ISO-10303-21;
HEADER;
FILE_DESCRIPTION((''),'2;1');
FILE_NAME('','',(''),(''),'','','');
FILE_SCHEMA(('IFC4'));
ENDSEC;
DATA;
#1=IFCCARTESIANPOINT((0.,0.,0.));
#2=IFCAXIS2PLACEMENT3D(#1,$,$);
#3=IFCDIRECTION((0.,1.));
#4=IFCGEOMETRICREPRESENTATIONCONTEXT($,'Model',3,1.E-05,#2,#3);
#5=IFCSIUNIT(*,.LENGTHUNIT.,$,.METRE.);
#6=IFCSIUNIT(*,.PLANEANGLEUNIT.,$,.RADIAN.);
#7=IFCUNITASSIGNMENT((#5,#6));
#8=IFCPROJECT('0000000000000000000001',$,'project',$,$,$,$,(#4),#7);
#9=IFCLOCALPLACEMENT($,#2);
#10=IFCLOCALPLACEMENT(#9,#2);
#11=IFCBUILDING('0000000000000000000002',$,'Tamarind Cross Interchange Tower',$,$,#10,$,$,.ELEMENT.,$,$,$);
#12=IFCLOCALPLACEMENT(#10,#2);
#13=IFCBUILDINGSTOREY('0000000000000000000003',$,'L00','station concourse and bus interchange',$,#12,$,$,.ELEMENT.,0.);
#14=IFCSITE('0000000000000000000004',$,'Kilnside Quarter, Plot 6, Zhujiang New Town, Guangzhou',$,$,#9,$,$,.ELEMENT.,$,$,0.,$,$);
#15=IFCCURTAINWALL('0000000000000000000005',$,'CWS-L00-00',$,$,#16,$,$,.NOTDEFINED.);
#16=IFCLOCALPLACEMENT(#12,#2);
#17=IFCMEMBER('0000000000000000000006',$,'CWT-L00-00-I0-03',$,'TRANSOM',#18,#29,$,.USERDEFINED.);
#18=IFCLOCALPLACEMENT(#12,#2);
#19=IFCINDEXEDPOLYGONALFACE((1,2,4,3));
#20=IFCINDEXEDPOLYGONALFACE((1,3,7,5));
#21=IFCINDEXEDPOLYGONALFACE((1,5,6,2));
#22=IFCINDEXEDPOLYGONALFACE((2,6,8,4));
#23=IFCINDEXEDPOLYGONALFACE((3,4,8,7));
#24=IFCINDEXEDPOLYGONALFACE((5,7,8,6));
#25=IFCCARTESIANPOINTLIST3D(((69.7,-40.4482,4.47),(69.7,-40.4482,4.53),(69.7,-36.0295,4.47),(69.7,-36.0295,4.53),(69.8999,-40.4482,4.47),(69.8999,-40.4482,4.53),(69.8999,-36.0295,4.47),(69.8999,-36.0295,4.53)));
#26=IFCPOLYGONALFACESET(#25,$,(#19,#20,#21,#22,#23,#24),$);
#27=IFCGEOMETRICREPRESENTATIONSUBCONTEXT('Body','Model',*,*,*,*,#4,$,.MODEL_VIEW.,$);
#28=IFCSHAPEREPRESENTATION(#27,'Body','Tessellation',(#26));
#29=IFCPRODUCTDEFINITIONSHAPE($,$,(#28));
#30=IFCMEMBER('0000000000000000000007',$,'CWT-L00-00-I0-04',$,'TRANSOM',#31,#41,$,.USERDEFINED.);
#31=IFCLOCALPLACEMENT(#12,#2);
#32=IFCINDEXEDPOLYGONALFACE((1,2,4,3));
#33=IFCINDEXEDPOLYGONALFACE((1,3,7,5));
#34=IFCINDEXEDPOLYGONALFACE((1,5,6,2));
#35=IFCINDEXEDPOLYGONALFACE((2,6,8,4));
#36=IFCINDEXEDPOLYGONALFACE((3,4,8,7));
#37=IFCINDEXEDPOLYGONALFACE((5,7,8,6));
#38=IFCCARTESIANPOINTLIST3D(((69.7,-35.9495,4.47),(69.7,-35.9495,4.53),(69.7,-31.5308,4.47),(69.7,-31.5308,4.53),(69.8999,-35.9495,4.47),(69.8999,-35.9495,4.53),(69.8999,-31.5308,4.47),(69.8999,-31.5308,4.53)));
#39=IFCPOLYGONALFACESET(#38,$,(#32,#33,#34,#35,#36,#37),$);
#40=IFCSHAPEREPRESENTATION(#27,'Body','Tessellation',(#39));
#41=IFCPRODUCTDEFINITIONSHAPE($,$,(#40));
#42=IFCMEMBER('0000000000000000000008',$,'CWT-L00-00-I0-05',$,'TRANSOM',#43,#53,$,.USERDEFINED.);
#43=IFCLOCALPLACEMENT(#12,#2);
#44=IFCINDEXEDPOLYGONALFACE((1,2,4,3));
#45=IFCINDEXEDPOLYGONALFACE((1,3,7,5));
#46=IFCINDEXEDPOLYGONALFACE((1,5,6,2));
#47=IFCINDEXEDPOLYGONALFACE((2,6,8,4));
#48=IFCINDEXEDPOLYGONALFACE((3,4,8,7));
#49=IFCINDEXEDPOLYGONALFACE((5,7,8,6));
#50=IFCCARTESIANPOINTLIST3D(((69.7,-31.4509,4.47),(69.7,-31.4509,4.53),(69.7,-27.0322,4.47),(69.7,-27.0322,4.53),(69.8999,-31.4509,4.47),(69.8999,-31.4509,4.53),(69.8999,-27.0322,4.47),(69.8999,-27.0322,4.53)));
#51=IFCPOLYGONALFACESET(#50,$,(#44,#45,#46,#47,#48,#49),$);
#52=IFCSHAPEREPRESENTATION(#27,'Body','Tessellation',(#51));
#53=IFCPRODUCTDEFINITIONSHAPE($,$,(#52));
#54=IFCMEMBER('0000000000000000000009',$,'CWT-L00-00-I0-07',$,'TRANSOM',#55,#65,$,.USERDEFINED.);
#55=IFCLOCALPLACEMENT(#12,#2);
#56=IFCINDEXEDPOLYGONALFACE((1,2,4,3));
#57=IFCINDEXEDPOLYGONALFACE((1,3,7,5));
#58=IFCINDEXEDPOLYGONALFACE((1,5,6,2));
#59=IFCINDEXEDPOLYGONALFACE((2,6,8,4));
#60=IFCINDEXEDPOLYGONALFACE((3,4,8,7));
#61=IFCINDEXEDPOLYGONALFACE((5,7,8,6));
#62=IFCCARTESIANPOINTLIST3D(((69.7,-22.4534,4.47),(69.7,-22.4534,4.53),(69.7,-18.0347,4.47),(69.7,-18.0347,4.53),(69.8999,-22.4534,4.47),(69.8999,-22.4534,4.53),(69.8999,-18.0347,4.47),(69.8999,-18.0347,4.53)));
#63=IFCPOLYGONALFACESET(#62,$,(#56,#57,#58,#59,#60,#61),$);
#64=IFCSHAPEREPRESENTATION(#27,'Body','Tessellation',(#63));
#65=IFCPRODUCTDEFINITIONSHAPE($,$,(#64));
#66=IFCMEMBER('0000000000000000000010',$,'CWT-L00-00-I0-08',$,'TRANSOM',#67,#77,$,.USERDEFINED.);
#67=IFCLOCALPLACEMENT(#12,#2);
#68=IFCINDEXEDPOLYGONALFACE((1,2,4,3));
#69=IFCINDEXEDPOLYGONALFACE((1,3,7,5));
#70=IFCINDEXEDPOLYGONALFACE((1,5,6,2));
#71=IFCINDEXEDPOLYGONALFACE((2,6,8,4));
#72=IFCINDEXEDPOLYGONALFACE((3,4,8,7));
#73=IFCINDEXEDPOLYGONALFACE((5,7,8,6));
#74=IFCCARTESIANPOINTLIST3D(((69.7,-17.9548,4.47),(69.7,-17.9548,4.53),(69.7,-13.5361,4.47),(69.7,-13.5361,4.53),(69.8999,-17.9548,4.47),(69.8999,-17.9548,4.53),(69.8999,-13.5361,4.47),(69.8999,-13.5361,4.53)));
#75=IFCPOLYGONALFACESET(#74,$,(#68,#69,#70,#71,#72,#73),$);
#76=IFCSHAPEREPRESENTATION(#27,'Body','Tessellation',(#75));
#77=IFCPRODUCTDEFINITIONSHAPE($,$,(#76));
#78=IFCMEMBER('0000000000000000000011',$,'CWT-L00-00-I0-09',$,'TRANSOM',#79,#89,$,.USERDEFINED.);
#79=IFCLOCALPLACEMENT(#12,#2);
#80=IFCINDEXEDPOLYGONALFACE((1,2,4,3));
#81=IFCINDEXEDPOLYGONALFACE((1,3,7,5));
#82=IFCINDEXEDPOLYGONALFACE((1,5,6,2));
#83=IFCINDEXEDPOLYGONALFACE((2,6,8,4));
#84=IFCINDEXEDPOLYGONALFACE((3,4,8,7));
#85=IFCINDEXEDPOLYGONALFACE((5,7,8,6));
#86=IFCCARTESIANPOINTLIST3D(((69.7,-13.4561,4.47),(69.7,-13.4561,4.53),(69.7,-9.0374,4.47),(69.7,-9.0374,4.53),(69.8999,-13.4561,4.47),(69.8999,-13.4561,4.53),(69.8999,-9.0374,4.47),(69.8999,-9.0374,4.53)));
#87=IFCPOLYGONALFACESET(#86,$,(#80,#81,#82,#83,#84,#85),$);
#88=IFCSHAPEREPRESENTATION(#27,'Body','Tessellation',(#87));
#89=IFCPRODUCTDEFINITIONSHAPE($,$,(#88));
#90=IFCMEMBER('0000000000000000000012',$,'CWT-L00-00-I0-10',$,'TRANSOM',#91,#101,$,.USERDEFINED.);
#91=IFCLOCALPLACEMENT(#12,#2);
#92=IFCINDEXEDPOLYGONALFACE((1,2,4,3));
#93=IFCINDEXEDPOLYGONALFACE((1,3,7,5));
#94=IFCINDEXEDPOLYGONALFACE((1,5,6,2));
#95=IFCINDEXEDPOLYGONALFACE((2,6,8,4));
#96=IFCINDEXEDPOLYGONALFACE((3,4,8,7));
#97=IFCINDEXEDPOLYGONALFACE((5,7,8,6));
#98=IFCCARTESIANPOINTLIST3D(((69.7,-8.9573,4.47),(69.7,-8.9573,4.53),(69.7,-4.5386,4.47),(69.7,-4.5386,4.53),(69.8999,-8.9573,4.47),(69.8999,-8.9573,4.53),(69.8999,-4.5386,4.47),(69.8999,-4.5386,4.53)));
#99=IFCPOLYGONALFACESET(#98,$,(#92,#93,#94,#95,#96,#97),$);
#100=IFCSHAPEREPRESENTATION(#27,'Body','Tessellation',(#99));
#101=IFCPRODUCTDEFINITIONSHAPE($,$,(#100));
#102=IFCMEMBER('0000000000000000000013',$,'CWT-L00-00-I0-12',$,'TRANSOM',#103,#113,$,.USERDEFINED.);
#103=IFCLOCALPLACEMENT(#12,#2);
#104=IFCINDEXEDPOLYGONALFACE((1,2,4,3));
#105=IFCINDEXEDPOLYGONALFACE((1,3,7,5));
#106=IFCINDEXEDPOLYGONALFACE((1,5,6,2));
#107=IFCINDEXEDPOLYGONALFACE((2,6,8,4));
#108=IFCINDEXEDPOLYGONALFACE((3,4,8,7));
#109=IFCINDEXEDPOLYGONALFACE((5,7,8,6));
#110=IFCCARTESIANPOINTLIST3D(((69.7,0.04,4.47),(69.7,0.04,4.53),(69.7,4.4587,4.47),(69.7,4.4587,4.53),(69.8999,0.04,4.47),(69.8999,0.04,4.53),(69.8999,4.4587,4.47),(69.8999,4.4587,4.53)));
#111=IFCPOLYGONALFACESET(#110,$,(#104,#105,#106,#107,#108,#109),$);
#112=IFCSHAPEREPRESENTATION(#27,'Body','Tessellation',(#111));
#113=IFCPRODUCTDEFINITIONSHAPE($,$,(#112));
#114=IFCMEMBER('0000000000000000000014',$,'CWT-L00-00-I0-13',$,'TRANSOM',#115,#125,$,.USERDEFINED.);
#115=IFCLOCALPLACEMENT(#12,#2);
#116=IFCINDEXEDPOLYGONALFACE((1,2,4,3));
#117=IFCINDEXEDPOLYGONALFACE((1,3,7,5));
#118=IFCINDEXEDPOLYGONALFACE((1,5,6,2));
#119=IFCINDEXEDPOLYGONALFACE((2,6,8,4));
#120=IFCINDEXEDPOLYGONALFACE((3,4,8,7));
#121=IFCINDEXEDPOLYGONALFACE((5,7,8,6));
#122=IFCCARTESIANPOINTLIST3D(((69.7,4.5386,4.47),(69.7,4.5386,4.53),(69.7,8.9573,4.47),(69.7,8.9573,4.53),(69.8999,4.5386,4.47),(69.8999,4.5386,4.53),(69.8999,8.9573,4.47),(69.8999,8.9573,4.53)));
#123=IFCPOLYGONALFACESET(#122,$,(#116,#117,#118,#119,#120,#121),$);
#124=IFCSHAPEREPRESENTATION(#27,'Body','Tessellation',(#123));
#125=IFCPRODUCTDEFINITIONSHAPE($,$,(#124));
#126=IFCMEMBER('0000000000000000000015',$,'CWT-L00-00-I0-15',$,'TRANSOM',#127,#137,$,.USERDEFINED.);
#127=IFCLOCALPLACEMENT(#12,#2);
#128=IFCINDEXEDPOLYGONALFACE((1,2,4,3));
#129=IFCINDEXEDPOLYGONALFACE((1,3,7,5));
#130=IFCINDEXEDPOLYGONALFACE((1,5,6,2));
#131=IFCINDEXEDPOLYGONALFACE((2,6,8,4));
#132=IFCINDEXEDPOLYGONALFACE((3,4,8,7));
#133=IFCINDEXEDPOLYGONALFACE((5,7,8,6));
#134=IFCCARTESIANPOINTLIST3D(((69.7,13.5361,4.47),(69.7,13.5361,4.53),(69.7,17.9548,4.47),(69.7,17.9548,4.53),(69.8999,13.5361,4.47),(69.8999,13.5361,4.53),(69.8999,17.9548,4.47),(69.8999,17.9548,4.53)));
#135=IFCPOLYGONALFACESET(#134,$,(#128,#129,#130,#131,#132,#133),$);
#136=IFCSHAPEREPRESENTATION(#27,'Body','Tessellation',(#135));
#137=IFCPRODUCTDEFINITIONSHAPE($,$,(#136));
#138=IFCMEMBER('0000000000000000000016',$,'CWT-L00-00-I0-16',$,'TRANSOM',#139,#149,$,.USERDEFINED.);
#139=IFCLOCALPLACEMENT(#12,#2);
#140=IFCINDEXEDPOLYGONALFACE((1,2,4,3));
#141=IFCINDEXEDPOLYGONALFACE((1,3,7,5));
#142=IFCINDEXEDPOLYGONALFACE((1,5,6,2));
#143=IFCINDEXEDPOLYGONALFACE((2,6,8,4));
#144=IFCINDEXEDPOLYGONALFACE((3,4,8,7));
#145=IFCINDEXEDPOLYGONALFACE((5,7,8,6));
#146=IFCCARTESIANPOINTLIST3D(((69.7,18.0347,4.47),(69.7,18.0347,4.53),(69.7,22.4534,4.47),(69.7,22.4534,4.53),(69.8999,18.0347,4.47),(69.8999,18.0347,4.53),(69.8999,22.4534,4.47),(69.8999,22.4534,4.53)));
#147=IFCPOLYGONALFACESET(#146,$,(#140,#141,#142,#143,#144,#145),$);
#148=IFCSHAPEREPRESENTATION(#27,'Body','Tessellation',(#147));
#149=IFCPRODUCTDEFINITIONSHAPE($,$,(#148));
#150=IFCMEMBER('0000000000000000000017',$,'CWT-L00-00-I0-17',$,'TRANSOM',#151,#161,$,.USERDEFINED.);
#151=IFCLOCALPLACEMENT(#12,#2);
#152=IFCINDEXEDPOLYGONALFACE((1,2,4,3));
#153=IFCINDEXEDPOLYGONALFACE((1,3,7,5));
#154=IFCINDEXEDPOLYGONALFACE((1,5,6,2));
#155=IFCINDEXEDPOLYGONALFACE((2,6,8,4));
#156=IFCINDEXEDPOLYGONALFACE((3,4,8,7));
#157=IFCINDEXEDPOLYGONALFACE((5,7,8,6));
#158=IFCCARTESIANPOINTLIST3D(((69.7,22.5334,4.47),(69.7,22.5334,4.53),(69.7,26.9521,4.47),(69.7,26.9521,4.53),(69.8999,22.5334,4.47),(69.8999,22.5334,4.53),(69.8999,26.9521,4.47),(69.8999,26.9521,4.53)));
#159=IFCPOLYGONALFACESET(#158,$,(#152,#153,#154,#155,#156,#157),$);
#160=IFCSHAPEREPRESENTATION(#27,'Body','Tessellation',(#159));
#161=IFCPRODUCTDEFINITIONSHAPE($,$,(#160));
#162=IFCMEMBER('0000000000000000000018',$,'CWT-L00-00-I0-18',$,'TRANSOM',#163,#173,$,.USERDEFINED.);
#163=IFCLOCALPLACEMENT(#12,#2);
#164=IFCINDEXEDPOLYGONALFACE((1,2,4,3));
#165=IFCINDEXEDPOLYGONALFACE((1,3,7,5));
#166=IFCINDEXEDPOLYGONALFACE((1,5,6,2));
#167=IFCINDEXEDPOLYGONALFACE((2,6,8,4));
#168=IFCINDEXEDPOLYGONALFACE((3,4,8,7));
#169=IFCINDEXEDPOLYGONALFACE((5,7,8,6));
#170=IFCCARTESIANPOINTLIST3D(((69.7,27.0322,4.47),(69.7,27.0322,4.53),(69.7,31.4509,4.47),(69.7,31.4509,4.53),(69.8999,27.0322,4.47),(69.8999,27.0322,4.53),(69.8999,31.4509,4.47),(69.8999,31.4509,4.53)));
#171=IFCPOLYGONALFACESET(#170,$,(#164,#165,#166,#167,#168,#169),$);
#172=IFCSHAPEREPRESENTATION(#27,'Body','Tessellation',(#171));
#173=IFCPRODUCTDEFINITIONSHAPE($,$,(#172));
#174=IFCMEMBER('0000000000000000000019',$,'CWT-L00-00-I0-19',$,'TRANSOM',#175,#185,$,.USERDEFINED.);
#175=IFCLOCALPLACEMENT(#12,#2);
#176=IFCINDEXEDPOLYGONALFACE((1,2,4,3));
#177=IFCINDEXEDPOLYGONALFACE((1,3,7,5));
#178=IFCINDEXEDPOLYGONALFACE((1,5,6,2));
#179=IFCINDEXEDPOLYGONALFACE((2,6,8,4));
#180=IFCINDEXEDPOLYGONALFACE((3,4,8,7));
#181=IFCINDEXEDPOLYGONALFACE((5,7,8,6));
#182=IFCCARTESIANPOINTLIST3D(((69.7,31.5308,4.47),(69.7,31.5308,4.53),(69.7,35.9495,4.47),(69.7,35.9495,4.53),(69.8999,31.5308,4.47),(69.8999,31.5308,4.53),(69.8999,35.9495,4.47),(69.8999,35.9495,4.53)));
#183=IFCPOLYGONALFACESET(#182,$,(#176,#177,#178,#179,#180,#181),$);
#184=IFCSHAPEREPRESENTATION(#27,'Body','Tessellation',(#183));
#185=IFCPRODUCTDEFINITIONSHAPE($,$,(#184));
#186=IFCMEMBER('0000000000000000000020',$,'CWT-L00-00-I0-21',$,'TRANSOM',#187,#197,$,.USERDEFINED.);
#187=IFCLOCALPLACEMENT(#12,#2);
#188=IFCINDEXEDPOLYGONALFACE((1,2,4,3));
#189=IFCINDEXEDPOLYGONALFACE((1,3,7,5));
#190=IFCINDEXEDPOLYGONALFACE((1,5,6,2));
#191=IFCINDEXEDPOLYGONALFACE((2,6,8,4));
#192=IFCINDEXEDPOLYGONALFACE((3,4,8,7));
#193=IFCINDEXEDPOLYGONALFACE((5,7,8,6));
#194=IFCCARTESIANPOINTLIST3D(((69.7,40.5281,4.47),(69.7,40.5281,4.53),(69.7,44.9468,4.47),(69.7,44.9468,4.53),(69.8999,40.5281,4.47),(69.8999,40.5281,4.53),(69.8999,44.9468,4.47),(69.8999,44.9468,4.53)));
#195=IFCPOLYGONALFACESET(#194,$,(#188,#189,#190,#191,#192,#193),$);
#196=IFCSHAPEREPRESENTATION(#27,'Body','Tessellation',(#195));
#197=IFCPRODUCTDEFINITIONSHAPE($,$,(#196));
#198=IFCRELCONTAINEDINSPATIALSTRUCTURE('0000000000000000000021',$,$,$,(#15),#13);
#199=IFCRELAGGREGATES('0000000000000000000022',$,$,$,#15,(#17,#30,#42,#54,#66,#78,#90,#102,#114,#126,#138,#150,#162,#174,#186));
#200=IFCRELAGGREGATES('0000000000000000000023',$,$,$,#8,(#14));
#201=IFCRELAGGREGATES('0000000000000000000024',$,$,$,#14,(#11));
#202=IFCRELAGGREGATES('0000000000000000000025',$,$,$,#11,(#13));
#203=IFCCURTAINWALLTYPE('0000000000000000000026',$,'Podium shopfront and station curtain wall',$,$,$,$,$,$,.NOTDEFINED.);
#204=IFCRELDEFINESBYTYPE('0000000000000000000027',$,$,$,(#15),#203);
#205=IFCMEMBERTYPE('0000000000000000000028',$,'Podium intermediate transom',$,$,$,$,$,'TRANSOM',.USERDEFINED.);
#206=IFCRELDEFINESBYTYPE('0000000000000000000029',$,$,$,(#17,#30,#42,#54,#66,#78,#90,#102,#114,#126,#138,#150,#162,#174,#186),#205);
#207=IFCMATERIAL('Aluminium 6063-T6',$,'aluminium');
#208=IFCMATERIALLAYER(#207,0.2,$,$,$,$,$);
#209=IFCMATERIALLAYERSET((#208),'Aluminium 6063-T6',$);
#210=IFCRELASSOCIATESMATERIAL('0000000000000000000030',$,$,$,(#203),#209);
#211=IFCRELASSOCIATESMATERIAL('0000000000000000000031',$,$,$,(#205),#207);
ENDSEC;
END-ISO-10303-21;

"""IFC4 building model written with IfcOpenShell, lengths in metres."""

from ifc_helpers import new_model, si_unit, direction, frame, origin, place, context, subcontext, project, spatial, polyline, outline, extrude, material, layer, layer_set, type_object, element, aggregate, save


model = new_model("IFC4")

# Units and contexts
model_context = context("Model", 3, precision=1e-05, world=origin(), true_north=direction((0.0, 1.0)))
body_context = subcontext(model_context, "Body", "Model", "MODEL_VIEW")
ifc_project = project(units=[si_unit("LENGTHUNIT", "METRE"), si_unit("PLANEANGLEUNIT", "RADIAN")], contexts=[model_context])

# Site, building, storey
site_placement = place(None, origin())
site = spatial("IfcSite", under=ifc_project, at=site_placement, Name="Kilnside Quarter, Plot 6, Zhujiang New Town, Guangzhou", CompositionType="ELEMENT", RefElevation=0.0)
building_placement = place(site_placement, origin())
building = spatial("IfcBuilding", under=site, at=building_placement, Name="Tamarind Cross Interchange Tower", CompositionType="ELEMENT")
storey_placement = place(building_placement, origin())
storey = spatial("IfcBuildingStorey", under=building, at=storey_placement, Name="L00", Description="station concourse and bus interchange", CompositionType="ELEMENT", Elevation=0.0)

# Curtain wall, members
ifc_material_1 = material(Name="Aluminium 6063-T6", Category="aluminium")
ifc_layer_1 = layer(ifc_material_1, 0.2)
ifc_layer_set_1 = layer_set([ifc_layer_1], Name="Aluminium 6063-T6")
curtain_wall_type = type_object("IfcCurtainWallType", Name="Podium shopfront and station curtain wall", PredefinedType="NOTDEFINED", material=ifc_layer_set_1)
curtain_wall_placement = place(storey_placement, origin())
curtain_wall = element("IfcCurtainWall", 1, at=curtain_wall_placement, inside=storey, type_object=curtain_wall_type, Name="CWS-L00-00", PredefinedType="NOTDEFINED")
member_type = type_object("IfcMemberType", Name="Podium intermediate transom", ElementType="TRANSOM", PredefinedType="USERDEFINED", material=ifc_material_1)
member_1_placement = place(storey_placement, frame((0.0, 0.0, 4.47)))
member_1 = element("IfcMember", 2, at=member_1_placement, type_object=member_type, Name="CWT-L00-00-I0-03", ObjectType="TRANSOM", PredefinedType="USERDEFINED", context=body_context, shape_type="SweptSolid", body=[
    extrude(outline(polyline([(69.7, -40.4482), (69.7, -36.0295), (69.8999, -36.0295), (69.8999, -40.4482), (69.7, -40.4482)])), origin(), (0.0, 0.0, 1.0), 0.0601),
])
member_2_placement = place(storey_placement, frame((0.0, 0.0, 4.47)))
member_2 = element("IfcMember", 3, at=member_2_placement, type_object=member_type, Name="CWT-L00-00-I0-04", ObjectType="TRANSOM", PredefinedType="USERDEFINED", context=body_context, shape_type="SweptSolid", body=[
    extrude(outline(polyline([(69.7, -35.9495), (69.7, -31.5308), (69.8999, -31.5308), (69.8999, -35.9495), (69.7, -35.9495)])), origin(), (0.0, 0.0, 1.0), 0.0601),
])
member_3_placement = place(storey_placement, frame((0.0, 0.0, 4.47)))
member_3 = element("IfcMember", 4, at=member_3_placement, type_object=member_type, Name="CWT-L00-00-I0-05", ObjectType="TRANSOM", PredefinedType="USERDEFINED", context=body_context, shape_type="SweptSolid", body=[
    extrude(outline(polyline([(69.7, -31.4509), (69.7, -27.0322), (69.8999, -27.0322), (69.8999, -31.4509), (69.7, -31.4509)])), origin(), (0.0, 0.0, 1.0), 0.0601),
])
member_4_placement = place(storey_placement, frame((0.0, 0.0, 4.47)))
member_4 = element("IfcMember", 5, at=member_4_placement, type_object=member_type, Name="CWT-L00-00-I0-07", ObjectType="TRANSOM", PredefinedType="USERDEFINED", context=body_context, shape_type="SweptSolid", body=[
    extrude(outline(polyline([(69.7, -22.4534), (69.7, -18.0347), (69.8999, -18.0347), (69.8999, -22.4534), (69.7, -22.4534)])), origin(), (0.0, 0.0, 1.0), 0.0601),
])
member_5_placement = place(storey_placement, frame((0.0, 0.0, 4.47)))
member_5 = element("IfcMember", 6, at=member_5_placement, type_object=member_type, Name="CWT-L00-00-I0-08", ObjectType="TRANSOM", PredefinedType="USERDEFINED", context=body_context, shape_type="SweptSolid", body=[
    extrude(outline(polyline([(69.7, -17.9548), (69.7, -13.5361), (69.8999, -13.5361), (69.8999, -17.9548), (69.7, -17.9548)])), origin(), (0.0, 0.0, 1.0), 0.0601),
])
member_6_placement = place(storey_placement, frame((0.0, 0.0, 4.47)))
member_6 = element("IfcMember", 7, at=member_6_placement, type_object=member_type, Name="CWT-L00-00-I0-09", ObjectType="TRANSOM", PredefinedType="USERDEFINED", context=body_context, shape_type="SweptSolid", body=[
    extrude(outline(polyline([(69.7, -13.4561), (69.7, -9.0374), (69.8999, -9.0374), (69.8999, -13.4561), (69.7, -13.4561)])), origin(), (0.0, 0.0, 1.0), 0.0601),
])
member_7_placement = place(storey_placement, frame((0.0, 0.0, 4.47)))
member_7 = element("IfcMember", 8, at=member_7_placement, type_object=member_type, Name="CWT-L00-00-I0-10", ObjectType="TRANSOM", PredefinedType="USERDEFINED", context=body_context, shape_type="SweptSolid", body=[
    extrude(outline(polyline([(69.7, -8.9573), (69.7, -4.5386), (69.8999, -4.5386), (69.8999, -8.9573), (69.7, -8.9573)])), origin(), (0.0, 0.0, 1.0), 0.0601),
])
member_8_placement = place(storey_placement, frame((0.0, 0.0, 4.47)))
member_8 = element("IfcMember", 9, at=member_8_placement, type_object=member_type, Name="CWT-L00-00-I0-12", ObjectType="TRANSOM", PredefinedType="USERDEFINED", context=body_context, shape_type="SweptSolid", body=[
    extrude(outline(polyline([(69.7, 0.04), (69.7, 4.4587), (69.8999, 4.4587), (69.8999, 0.04), (69.7, 0.04)])), origin(), (0.0, 0.0, 1.0), 0.0601),
])
member_9_placement = place(storey_placement, frame((0.0, 0.0, 4.47)))
member_9 = element("IfcMember", 10, at=member_9_placement, type_object=member_type, Name="CWT-L00-00-I0-13", ObjectType="TRANSOM", PredefinedType="USERDEFINED", context=body_context, shape_type="SweptSolid", body=[
    extrude(outline(polyline([(69.7, 4.5386), (69.7, 8.9573), (69.8999, 8.9573), (69.8999, 4.5386), (69.7, 4.5386)])), origin(), (0.0, 0.0, 1.0), 0.0601),
])
member_10_placement = place(storey_placement, frame((0.0, 0.0, 4.47)))
member_10 = element("IfcMember", 11, at=member_10_placement, type_object=member_type, Name="CWT-L00-00-I0-15", ObjectType="TRANSOM", PredefinedType="USERDEFINED", context=body_context, shape_type="SweptSolid", body=[
    extrude(outline(polyline([(69.7, 13.5361), (69.7, 17.9548), (69.8999, 17.9548), (69.8999, 13.5361), (69.7, 13.5361)])), origin(), (0.0, 0.0, 1.0), 0.0601),
])
member_11_placement = place(storey_placement, frame((0.0, 0.0, 4.47)))
member_11 = element("IfcMember", 12, at=member_11_placement, type_object=member_type, Name="CWT-L00-00-I0-16", ObjectType="TRANSOM", PredefinedType="USERDEFINED", context=body_context, shape_type="SweptSolid", body=[
    extrude(outline(polyline([(69.7, 18.0347), (69.7, 22.4534), (69.8999, 22.4534), (69.8999, 18.0347), (69.7, 18.0347)])), origin(), (0.0, 0.0, 1.0), 0.0601),
])
member_12_placement = place(storey_placement, frame((0.0, 0.0, 4.47)))
member_12 = element("IfcMember", 13, at=member_12_placement, type_object=member_type, Name="CWT-L00-00-I0-17", ObjectType="TRANSOM", PredefinedType="USERDEFINED", context=body_context, shape_type="SweptSolid", body=[
    extrude(outline(polyline([(69.7, 22.5334), (69.7, 26.9521), (69.8999, 26.9521), (69.8999, 22.5334), (69.7, 22.5334)])), origin(), (0.0, 0.0, 1.0), 0.0601),
])
member_13_placement = place(storey_placement, frame((0.0, 0.0, 4.47)))
member_13 = element("IfcMember", 14, at=member_13_placement, type_object=member_type, Name="CWT-L00-00-I0-18", ObjectType="TRANSOM", PredefinedType="USERDEFINED", context=body_context, shape_type="SweptSolid", body=[
    extrude(outline(polyline([(69.7, 27.0322), (69.7, 31.4509), (69.8999, 31.4509), (69.8999, 27.0322), (69.7, 27.0322)])), origin(), (0.0, 0.0, 1.0), 0.0601),
])
member_14_placement = place(storey_placement, frame((0.0, 0.0, 4.47)))
member_14 = element("IfcMember", 15, at=member_14_placement, type_object=member_type, Name="CWT-L00-00-I0-19", ObjectType="TRANSOM", PredefinedType="USERDEFINED", context=body_context, shape_type="SweptSolid", body=[
    extrude(outline(polyline([(69.7, 31.5308), (69.7, 35.9495), (69.8999, 35.9495), (69.8999, 31.5308), (69.7, 31.5308)])), origin(), (0.0, 0.0, 1.0), 0.0601),
])
member_15_placement = place(storey_placement, frame((0.0, 0.0, 4.47)))
member_15 = element("IfcMember", 16, at=member_15_placement, type_object=member_type, Name="CWT-L00-00-I0-21", ObjectType="TRANSOM", PredefinedType="USERDEFINED", context=body_context, shape_type="SweptSolid", body=[
    extrude(outline(polyline([(69.7, 40.5281), (69.7, 44.9468), (69.8999, 44.9468), (69.8999, 40.5281), (69.7, 40.5281)])), origin(), (0.0, 0.0, 1.0), 0.0601),
])
aggregate(curtain_wall, [member_1, member_2, member_3, member_4, member_5, member_6, member_7, member_8, member_9, member_10, member_11, member_12, member_13, member_14, member_15])

save(model, "model.ifc")
